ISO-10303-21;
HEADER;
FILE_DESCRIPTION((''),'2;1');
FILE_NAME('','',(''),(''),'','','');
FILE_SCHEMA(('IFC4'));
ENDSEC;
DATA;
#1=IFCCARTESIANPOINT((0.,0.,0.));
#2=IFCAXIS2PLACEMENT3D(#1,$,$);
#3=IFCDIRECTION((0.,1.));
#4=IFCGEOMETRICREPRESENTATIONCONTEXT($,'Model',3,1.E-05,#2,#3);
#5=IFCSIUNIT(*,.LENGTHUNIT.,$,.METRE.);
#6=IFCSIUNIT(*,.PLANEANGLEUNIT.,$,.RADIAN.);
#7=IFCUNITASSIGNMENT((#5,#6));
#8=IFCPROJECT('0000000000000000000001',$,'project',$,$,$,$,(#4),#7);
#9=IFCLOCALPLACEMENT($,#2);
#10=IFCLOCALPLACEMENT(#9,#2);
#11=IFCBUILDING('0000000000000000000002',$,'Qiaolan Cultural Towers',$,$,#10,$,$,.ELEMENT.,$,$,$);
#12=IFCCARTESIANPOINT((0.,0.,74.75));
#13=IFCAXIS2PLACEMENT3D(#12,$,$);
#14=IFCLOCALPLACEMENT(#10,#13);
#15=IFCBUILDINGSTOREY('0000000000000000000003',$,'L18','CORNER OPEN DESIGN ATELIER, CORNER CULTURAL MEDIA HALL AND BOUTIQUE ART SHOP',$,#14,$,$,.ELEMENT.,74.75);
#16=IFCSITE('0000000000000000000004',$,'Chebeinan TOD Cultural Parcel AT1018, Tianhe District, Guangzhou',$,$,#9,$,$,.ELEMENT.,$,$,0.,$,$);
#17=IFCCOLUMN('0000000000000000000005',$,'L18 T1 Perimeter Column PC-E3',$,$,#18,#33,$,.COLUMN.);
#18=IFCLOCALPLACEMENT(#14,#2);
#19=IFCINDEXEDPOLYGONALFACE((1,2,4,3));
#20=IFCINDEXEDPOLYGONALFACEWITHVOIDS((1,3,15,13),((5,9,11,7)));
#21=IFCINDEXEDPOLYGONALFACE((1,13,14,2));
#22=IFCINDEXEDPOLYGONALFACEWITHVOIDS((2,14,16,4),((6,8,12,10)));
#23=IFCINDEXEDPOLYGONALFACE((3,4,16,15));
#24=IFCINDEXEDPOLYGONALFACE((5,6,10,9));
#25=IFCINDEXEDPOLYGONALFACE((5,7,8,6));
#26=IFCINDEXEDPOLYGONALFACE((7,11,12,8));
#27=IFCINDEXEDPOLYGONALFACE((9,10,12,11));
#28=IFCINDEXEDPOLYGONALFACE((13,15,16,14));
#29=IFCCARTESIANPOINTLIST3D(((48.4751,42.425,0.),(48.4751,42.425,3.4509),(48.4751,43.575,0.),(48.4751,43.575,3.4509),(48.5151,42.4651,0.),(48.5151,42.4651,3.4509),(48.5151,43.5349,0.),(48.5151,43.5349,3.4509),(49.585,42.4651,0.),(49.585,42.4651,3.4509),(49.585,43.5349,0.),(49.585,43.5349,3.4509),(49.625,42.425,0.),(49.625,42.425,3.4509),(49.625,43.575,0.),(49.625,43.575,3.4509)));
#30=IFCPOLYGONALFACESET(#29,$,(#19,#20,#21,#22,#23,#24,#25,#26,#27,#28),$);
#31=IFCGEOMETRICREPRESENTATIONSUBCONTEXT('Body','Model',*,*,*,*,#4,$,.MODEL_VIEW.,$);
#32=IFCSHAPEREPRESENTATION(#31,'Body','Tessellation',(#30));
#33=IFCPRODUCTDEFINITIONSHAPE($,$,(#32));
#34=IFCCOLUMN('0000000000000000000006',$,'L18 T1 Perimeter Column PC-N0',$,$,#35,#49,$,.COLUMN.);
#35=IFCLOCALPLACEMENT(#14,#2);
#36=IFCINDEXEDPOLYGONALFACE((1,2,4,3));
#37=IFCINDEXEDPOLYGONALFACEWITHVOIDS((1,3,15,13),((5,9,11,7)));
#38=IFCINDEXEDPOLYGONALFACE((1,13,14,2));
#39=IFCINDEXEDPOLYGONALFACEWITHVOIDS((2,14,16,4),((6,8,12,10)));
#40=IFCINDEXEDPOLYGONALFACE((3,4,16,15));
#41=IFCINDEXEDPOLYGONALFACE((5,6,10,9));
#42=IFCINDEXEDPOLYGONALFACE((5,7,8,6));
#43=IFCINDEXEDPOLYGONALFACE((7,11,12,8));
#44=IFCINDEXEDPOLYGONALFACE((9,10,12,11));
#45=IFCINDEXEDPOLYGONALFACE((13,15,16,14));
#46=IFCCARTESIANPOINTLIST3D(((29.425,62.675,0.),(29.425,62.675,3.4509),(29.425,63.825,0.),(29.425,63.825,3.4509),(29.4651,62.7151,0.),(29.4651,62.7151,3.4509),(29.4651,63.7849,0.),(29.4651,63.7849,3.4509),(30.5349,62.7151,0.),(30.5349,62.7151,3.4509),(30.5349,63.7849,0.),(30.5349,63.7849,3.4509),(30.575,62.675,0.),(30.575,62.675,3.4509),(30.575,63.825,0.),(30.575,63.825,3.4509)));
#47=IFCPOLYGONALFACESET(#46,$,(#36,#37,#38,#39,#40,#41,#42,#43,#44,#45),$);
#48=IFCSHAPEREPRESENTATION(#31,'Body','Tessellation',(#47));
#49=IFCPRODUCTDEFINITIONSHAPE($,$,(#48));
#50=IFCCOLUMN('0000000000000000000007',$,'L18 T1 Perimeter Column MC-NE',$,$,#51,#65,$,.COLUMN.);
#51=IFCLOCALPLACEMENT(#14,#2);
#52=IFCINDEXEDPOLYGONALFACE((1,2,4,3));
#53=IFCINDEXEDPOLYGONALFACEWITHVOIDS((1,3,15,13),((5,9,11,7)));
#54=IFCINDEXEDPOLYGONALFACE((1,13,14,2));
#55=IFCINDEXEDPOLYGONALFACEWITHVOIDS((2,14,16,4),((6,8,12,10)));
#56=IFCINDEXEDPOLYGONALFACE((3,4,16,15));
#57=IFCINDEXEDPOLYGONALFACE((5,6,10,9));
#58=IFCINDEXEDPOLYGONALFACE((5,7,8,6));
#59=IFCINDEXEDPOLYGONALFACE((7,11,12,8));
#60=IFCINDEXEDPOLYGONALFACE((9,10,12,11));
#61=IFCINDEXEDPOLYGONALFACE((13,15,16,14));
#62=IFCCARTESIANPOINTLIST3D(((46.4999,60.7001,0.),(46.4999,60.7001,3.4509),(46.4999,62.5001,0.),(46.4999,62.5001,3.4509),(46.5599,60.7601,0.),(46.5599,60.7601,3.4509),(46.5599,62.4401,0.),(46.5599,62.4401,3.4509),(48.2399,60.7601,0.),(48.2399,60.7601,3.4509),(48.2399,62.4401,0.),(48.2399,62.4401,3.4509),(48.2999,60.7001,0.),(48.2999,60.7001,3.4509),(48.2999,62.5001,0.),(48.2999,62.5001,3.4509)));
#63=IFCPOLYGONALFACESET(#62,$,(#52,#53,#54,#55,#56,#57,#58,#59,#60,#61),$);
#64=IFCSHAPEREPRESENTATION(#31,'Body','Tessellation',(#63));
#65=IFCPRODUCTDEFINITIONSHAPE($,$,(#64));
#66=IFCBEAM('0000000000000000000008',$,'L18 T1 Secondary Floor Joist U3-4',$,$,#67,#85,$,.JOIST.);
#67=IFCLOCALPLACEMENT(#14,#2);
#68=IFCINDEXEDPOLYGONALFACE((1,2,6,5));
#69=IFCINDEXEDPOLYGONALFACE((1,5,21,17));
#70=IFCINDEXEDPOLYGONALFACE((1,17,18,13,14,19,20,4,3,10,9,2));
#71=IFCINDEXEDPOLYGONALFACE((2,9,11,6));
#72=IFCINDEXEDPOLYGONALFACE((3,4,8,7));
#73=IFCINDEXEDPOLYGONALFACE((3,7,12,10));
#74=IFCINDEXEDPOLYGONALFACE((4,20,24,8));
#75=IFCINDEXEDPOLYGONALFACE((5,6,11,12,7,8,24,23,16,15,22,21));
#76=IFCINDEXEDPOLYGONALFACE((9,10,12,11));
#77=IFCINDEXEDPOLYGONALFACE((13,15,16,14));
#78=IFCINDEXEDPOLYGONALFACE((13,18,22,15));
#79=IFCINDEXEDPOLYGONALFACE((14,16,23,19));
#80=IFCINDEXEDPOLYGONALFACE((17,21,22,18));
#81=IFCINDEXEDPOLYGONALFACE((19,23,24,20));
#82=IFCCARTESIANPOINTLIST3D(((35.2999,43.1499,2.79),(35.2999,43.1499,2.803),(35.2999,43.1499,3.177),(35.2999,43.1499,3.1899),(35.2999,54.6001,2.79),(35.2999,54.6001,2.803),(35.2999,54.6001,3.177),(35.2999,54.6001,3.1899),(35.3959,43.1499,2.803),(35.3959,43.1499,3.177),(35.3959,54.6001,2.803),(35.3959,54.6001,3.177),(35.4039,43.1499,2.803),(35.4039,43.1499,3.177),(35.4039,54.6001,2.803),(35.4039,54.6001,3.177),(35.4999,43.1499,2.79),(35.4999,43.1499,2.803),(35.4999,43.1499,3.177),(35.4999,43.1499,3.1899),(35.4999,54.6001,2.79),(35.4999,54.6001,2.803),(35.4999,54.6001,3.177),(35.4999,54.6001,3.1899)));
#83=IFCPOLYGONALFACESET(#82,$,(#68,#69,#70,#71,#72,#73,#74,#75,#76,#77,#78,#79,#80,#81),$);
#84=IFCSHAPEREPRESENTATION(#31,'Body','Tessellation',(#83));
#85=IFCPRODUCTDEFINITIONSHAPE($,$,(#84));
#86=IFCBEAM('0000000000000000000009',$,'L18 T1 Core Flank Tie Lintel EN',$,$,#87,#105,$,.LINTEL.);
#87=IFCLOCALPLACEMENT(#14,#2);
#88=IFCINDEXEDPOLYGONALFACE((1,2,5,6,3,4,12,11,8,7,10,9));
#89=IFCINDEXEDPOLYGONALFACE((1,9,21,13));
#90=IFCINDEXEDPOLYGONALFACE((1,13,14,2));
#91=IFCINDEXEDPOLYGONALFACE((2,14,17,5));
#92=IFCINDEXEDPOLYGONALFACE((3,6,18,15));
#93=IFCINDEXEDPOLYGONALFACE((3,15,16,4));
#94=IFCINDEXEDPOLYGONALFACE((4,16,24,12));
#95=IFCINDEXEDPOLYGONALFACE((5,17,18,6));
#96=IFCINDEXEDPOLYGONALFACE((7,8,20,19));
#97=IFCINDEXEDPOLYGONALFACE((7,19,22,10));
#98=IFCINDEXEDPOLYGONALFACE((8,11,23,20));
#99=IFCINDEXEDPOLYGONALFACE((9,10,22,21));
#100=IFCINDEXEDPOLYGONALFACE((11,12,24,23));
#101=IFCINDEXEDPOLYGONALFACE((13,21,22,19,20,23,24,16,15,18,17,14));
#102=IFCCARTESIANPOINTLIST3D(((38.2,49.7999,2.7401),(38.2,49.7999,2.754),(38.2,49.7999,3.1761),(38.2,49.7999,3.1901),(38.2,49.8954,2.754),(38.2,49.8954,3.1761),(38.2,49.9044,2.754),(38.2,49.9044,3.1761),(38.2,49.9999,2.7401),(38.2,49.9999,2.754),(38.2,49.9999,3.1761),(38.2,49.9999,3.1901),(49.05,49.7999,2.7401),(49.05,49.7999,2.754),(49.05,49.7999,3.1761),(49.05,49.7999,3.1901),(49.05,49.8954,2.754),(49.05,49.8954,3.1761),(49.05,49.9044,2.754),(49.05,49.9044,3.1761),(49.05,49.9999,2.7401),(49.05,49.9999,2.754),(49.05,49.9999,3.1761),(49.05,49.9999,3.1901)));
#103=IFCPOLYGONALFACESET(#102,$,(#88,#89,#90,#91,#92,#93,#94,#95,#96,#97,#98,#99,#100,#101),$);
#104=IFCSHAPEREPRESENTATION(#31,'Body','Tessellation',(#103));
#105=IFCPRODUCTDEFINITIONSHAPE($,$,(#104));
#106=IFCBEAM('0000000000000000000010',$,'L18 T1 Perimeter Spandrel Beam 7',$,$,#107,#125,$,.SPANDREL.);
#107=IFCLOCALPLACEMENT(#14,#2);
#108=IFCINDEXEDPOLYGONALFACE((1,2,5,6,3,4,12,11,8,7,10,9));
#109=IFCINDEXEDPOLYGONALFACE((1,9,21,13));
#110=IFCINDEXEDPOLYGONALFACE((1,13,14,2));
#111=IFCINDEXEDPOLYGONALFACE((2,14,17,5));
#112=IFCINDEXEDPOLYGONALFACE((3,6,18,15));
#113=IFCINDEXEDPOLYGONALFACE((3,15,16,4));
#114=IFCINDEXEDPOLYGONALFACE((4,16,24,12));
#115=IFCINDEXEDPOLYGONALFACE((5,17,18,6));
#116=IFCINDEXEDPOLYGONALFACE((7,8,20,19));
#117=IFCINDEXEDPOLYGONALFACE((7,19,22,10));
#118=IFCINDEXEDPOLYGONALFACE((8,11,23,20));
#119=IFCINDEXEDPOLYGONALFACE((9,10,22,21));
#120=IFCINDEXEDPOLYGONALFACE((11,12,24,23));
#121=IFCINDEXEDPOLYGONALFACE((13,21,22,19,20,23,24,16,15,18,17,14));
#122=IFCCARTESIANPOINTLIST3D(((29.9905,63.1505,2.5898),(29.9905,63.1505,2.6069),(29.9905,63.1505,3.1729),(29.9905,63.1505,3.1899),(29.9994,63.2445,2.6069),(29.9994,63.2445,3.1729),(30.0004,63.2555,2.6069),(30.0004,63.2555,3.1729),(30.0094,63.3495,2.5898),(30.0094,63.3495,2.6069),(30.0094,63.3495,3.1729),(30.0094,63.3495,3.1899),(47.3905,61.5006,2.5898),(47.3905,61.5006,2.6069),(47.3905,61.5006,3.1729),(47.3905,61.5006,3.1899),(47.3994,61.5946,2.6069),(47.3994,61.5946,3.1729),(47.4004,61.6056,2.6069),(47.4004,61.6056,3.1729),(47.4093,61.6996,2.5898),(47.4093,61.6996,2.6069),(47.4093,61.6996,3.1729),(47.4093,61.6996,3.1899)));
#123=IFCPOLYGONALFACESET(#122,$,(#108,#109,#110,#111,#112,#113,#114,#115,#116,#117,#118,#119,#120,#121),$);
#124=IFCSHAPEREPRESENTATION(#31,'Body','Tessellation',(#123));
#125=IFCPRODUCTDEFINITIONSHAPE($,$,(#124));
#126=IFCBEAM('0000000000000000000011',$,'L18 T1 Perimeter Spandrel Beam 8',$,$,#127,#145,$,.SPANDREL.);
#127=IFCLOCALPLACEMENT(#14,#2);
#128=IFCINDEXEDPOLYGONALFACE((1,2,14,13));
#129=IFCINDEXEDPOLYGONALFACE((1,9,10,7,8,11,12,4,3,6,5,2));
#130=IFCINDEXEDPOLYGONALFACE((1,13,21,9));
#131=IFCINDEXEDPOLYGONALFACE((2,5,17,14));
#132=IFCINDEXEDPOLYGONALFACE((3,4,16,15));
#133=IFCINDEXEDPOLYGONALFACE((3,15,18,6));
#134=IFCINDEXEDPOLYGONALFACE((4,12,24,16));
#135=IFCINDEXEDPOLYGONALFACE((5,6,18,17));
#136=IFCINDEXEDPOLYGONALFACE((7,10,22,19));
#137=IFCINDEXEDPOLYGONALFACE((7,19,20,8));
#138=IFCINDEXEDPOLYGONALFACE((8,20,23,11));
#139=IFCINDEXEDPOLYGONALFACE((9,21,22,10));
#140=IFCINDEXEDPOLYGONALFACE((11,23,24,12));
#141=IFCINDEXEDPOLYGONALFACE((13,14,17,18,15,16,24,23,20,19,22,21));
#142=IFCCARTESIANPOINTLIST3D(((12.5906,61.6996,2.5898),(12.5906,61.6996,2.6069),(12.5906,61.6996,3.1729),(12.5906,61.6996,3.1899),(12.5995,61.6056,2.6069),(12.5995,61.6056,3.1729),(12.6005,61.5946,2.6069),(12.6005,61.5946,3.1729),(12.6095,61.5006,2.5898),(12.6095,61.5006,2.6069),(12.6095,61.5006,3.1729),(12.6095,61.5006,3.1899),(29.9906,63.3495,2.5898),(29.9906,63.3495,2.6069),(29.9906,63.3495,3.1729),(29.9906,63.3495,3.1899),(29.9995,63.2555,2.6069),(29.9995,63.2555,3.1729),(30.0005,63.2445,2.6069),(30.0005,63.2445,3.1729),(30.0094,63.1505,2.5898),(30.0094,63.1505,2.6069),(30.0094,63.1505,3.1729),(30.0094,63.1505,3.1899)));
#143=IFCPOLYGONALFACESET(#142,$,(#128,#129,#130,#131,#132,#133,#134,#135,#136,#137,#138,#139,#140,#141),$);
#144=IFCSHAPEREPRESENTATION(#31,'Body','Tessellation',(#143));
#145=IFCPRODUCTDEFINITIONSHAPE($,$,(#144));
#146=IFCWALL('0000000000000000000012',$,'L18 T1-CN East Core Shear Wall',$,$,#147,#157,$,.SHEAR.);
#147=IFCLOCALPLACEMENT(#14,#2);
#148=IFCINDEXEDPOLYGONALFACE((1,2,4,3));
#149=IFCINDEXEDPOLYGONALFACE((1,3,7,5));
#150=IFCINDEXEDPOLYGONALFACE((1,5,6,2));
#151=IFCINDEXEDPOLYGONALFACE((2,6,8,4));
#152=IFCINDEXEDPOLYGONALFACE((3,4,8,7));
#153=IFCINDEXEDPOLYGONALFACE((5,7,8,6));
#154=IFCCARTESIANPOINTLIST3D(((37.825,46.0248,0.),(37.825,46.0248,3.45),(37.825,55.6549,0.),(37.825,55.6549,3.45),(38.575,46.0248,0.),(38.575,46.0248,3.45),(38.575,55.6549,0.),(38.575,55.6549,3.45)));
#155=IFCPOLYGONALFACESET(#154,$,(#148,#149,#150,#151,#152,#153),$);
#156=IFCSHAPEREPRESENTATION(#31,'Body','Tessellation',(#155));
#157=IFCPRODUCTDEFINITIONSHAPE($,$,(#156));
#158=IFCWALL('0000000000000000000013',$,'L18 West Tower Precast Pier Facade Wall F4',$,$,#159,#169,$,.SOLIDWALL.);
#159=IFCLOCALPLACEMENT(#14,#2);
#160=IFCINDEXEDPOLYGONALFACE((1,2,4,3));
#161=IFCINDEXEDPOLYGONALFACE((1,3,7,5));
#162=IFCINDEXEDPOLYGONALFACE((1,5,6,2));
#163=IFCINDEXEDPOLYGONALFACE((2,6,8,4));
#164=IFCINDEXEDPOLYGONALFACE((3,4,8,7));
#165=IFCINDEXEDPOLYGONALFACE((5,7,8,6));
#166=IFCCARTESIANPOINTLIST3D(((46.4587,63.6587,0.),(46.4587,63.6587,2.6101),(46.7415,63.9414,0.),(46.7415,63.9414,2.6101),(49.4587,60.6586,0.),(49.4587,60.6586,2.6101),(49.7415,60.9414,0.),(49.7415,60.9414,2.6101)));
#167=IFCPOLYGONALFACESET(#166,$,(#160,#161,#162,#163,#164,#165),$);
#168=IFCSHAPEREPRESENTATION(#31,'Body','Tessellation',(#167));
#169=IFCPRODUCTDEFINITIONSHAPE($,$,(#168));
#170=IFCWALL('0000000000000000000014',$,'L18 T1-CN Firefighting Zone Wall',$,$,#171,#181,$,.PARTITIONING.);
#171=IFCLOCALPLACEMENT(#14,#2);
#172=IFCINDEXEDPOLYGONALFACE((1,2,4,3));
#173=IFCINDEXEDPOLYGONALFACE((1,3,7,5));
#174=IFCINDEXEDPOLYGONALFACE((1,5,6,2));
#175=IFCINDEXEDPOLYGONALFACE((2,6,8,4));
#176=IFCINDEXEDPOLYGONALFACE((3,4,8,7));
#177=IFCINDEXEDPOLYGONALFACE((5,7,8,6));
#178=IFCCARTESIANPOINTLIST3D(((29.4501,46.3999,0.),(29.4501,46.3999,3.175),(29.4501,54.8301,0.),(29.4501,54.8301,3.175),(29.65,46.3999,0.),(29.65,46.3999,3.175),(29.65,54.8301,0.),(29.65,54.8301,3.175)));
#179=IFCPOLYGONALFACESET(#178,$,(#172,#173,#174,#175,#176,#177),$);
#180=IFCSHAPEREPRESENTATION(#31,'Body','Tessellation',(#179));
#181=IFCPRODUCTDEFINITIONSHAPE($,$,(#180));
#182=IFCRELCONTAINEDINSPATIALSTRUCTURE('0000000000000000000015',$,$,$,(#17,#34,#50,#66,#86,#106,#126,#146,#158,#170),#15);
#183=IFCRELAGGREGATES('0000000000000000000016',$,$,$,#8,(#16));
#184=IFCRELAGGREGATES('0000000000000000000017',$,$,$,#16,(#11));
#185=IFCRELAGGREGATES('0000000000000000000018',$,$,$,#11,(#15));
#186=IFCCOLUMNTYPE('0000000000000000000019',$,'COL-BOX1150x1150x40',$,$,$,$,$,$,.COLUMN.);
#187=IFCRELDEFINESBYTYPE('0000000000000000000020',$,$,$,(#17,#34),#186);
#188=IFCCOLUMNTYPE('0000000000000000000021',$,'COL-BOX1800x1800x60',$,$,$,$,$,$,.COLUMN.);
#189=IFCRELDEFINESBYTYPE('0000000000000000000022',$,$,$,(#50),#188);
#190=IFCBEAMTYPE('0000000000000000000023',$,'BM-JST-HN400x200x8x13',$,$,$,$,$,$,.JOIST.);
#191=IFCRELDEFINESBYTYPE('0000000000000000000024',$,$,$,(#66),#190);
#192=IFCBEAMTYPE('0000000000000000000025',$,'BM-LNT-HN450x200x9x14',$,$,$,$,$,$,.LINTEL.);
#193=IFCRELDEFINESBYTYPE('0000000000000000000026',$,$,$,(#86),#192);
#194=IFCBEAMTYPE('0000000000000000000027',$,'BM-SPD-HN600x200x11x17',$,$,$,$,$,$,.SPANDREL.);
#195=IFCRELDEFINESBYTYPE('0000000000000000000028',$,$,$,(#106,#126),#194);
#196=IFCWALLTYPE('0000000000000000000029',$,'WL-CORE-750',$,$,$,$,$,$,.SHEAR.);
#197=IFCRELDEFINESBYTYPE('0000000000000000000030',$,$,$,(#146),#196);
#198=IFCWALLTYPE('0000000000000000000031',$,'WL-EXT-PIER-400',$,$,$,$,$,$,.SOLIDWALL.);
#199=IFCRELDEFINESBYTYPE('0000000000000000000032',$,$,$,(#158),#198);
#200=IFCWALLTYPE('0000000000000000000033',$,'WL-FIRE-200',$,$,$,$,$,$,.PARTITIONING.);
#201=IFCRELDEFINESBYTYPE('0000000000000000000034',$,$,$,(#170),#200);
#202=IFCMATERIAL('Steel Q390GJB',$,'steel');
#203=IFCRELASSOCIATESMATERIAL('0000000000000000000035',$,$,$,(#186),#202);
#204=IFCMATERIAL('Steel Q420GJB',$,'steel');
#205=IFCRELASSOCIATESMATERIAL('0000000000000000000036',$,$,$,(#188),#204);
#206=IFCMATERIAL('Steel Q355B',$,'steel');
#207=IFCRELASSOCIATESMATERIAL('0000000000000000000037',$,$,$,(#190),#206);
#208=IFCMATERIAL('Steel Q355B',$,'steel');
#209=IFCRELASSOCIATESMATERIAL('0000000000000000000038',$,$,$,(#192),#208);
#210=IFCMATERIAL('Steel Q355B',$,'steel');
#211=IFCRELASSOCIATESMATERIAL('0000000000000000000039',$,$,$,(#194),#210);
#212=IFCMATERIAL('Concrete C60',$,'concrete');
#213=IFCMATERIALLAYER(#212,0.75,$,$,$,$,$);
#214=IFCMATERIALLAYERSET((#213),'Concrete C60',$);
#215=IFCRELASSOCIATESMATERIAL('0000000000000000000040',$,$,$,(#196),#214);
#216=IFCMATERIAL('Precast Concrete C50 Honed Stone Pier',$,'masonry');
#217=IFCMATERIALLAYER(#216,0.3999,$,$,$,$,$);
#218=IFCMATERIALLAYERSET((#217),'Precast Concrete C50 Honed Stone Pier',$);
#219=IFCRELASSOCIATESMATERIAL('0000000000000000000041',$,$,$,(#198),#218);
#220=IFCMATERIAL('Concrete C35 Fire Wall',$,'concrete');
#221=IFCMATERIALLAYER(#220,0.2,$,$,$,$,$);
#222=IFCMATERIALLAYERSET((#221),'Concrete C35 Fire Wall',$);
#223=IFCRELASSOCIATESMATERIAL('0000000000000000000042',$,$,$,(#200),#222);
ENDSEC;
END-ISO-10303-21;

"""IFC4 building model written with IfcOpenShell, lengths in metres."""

from ifc_helpers import new_model, si_unit, direction, frame, frame_2d, origin, origin_2d, place, context, subcontext, project, spatial, rectangle, hollow_rectangle, i_section, extrude, material, layer, layer_set, material_profile, profile_set, type_object, element, save


model = new_model("IFC4")

# Units and contexts
model_context = context("Model", 3, precision=1e-05, world=origin(), true_north=direction((0.0, 1.0)))
body_context = subcontext(model_context, "Body", "Model", "MODEL_VIEW")
ifc_project = project(units=[si_unit("LENGTHUNIT", "METRE"), si_unit("PLANEANGLEUNIT", "RADIAN")], contexts=[model_context])

# Site, building, storey
site_placement = place(None, origin())
site = spatial("IfcSite", under=ifc_project, at=site_placement, Name="Chebeinan TOD Cultural Parcel AT1018, Tianhe District, Guangzhou", CompositionType="ELEMENT", RefElevation=0.0)
building_placement = place(site_placement, origin())
building = spatial("IfcBuilding", under=site, at=building_placement, Name="Qiaolan Cultural Towers", CompositionType="ELEMENT")
storey_placement = place(building_placement, frame((0.0, 0.0, 74.75)))
storey = spatial("IfcBuildingStorey", under=building, at=storey_placement, Name="L18", Description="CORNER OPEN DESIGN ATELIER, CORNER CULTURAL MEDIA HALL AND BOUTIQUE ART SHOP", CompositionType="ELEMENT", Elevation=74.75)

# Columns
ifc_material_1 = material(Name="Steel Q390GJB", Category="steel")
ifc_material_profile_1 = material_profile(ifc_material_1, hollow_rectangle(XDim=1.1499, YDim=1.1499, WallThickness=0.04, at=origin_2d()), Name="BOX1150x1150x40")
ifc_profile_set_1 = profile_set([ifc_material_profile_1], Name="Steel Q390GJB")
column_type_1 = type_object("IfcColumnType", Name="COL-BOX1150x1150x40", PredefinedType="COLUMN", material=ifc_profile_set_1)
for number, where, z_axis, x_axis, name in (
    (1, (49.05, 43.0, 0.0), (0.0, 0.0, 1.0), (1.0, 0.0, 0.0), "L18 T1 Perimeter Column PC-E3"),
    (2, (30.0, 63.25, 0.0), (0.0, 0.0, 1.0), (1.0, 0.0, 0.0), "L18 T1 Perimeter Column PC-N0"),
):
    element("IfcColumn", number, at=place(storey_placement, frame(where, z_axis=z_axis, x_axis=x_axis)), inside=storey, type_object=column_type_1, Name=name, PredefinedType="COLUMN", context=body_context, shape_type="SweptSolid", body=[
        extrude(hollow_rectangle(XDim=1.1499, YDim=1.1499, WallThickness=0.04, at=origin_2d()), origin(), (0.0, 0.0, 1.0), 3.4509),
    ])
ifc_material_2 = material(Name="Steel Q420GJB", Category="steel")
ifc_material_profile_2 = material_profile(ifc_material_2, hollow_rectangle(XDim=1.8, YDim=1.8, WallThickness=0.0601, at=origin_2d()), Name="BOX1800x1800x60")
ifc_profile_set_2 = profile_set([ifc_material_profile_2], Name="Steel Q420GJB")
column_type_2 = type_object("IfcColumnType", Name="COL-BOX1800x1800x60", PredefinedType="COLUMN", material=ifc_profile_set_2)
column_placement = place(storey_placement, frame((47.3999, 61.6001, 0.0), z_axis=(0.0, 0.0, 1.0), x_axis=(1.0, 0.0, 0.0)))
element("IfcColumn", 3, at=column_placement, inside=storey, type_object=column_type_2, Name="L18 T1 Perimeter Column MC-NE", PredefinedType="COLUMN", context=body_context, shape_type="SweptSolid", body=[
    extrude(hollow_rectangle(XDim=1.8, YDim=1.8, WallThickness=0.0601, at=origin_2d()), origin(), (0.0, 0.0, 1.0), 3.4509),
])

# Beams
ifc_material_3 = material(Name="Steel Q355B", Category="steel")
ifc_material_profile_3 = material_profile(ifc_material_3, i_section(OverallWidth=0.2, OverallDepth=0.3999, WebThickness=0.0081, FlangeThickness=0.0129, at=origin_2d()), Name="HN400x200x8x13")
ifc_profile_set_3 = profile_set([ifc_material_profile_3], Name="Steel Q355B")
beam_type_1 = type_object("IfcBeamType", Name="BM-JST-HN400x200x8x13", PredefinedType="JOIST", material=ifc_profile_set_3)
beam_1_placement = place(storey_placement, frame((35.3999, 43.1499, 2.99), z_axis=(0.0, 1.0, 0.0), x_axis=(-1.0, 0.0, 0.0)))
element("IfcBeam", 4, at=beam_1_placement, inside=storey, type_object=beam_type_1, Name="L18 T1 Secondary Floor Joist U3-4", PredefinedType="JOIST", context=body_context, shape_type="SweptSolid", body=[
    extrude(i_section(OverallWidth=0.2, OverallDepth=0.3999, WebThickness=0.0081, FlangeThickness=0.0129, at=origin_2d()), origin(), (0.0, 0.0, 1.0), 11.4502),
])
ifc_material_4 = material(Name="Steel Q355B", Category="steel")
ifc_material_profile_4 = material_profile(ifc_material_4, i_section(OverallWidth=0.2, OverallDepth=0.45, WebThickness=0.009, FlangeThickness=0.0139, at=origin_2d()), Name="HN450x200x9x14")
ifc_profile_set_4 = profile_set([ifc_material_profile_4], Name="Steel Q355B")
beam_type_2 = type_object("IfcBeamType", Name="BM-LNT-HN450x200x9x14", PredefinedType="LINTEL", material=ifc_profile_set_4)
beam_2_placement = place(storey_placement, frame((38.2, 49.8999, 2.9651), z_axis=(1.0, 0.0, 0.0), x_axis=(0.0, 1.0, 0.0)))
element("IfcBeam", 5, at=beam_2_placement, inside=storey, type_object=beam_type_2, Name="L18 T1 Core Flank Tie Lintel EN", PredefinedType="LINTEL", context=body_context, shape_type="SweptSolid", body=[
    extrude(i_section(OverallWidth=0.2, OverallDepth=0.45, WebThickness=0.009, FlangeThickness=0.0139, at=origin_2d()), origin(), (0.0, 0.0, 1.0), 10.8501),
])
ifc_material_5 = material(Name="Steel Q355B", Category="steel")
ifc_material_profile_5 = material_profile(ifc_material_5, i_section(OverallWidth=0.2, OverallDepth=0.6001, WebThickness=0.011, FlangeThickness=0.0171, at=origin_2d()), Name="HN600x200x11x17")
ifc_profile_set_5 = profile_set([ifc_material_profile_5], Name="Steel Q355B")
beam_type_3 = type_object("IfcBeamType", Name="BM-SPD-HN600x200x11x17", PredefinedType="SPANDREL", material=ifc_profile_set_5)
for number, where, z_axis, x_axis, name in (
    (6, (47.3999, 61.6001, 2.8899), (-0.995534, 0.094399, 0.0), (-0.094399, -0.995534, 0.0), "L18 T1 Perimeter Spandrel Beam 7"),
    (7, (30.0, 63.25, 2.8899), (-0.995534, -0.094399, 0.0), (0.094399, -0.995534, 0.0), "L18 T1 Perimeter Spandrel Beam 8"),
):
    element("IfcBeam", number, at=place(storey_placement, frame(where, z_axis=z_axis, x_axis=x_axis)), inside=storey, type_object=beam_type_3, Name=name, PredefinedType="SPANDREL", context=body_context, shape_type="SweptSolid", body=[
        extrude(i_section(OverallWidth=0.2, OverallDepth=0.6001, WebThickness=0.011, FlangeThickness=0.0171, at=origin_2d()), origin(), (0.0, 0.0, 1.0), 17.478),
    ])

# Walls
ifc_material_6 = material(Name="Concrete C60", Category="concrete")
ifc_layer_1 = layer(ifc_material_6, 0.75)
ifc_layer_set_1 = layer_set([ifc_layer_1], Name="Concrete C60")
wall_type_1 = type_object("IfcWallType", Name="WL-CORE-750", PredefinedType="SHEAR", material=ifc_layer_set_1)
wall_1_placement = place(storey_placement, frame((38.2, 46.0249, 0.0), z_axis=(0.0, 0.0, 1.0), x_axis=(0.0, 1.0, 0.0)))
element("IfcWall", 8, at=wall_1_placement, inside=storey, type_object=wall_type_1, Name="L18 T1-CN East Core Shear Wall", PredefinedType="SHEAR", context=body_context, shape_type="SweptSolid", body=[
    extrude(rectangle(XDim=9.6301, YDim=0.75, at=frame_2d((4.8149, 0.0))), origin(), (0.0, 0.0, 1.0), 3.45),
])
ifc_material_7 = material(Name="Precast Concrete C50 Honed Stone Pier", Category="masonry")
ifc_layer_2 = layer(ifc_material_7, 0.3999)
ifc_layer_set_2 = layer_set([ifc_layer_2], Name="Precast Concrete C50 Honed Stone Pier")
wall_type_2 = type_object("IfcWallType", Name="WL-EXT-PIER-400", PredefinedType="SOLIDWALL", material=ifc_layer_set_2)
wall_2_placement = place(storey_placement, frame((46.6001, 63.8, 0.0), z_axis=(0.0, 0.0, 1.0), x_axis=(0.707107, -0.707107, 0.0)))
element("IfcWall", 9, at=wall_2_placement, inside=storey, type_object=wall_type_2, Name="L18 West Tower Precast Pier Facade Wall F4", PredefinedType="SOLIDWALL", context=body_context, shape_type="SweptSolid", body=[
    extrude(rectangle(XDim=4.2427, YDim=0.3999, at=frame_2d((2.1213, 0.0))), origin(), (0.0, 0.0, 1.0), 2.6101),
])
ifc_material_8 = material(Name="Concrete C35 Fire Wall", Category="concrete")
ifc_layer_3 = layer(ifc_material_8, 0.2)
ifc_layer_set_3 = layer_set([ifc_layer_3], Name="Concrete C35 Fire Wall")
wall_type_3 = type_object("IfcWallType", Name="WL-FIRE-200", PredefinedType="PARTITIONING", material=ifc_layer_set_3)
for number, where, z_axis, x_axis, name in (
    (10, (29.55, 46.3999, 0.0), (0.0, 0.0, 1.0), (0.0, 1.0, 0.0), "L18 T1-CN Firefighting Zone Wall"),
):
    element("IfcWall", number, at=place(storey_placement, frame(where, z_axis=z_axis, x_axis=x_axis)), inside=storey, type_object=wall_type_3, Name=name, PredefinedType="PARTITIONING", context=body_context, shape_type="SweptSolid", body=[
        extrude(rectangle(XDim=8.4302, YDim=0.2, at=frame_2d((4.2151, 0.0))), origin(), (0.0, 0.0, 1.0), 3.175),
    ])

save(model, "model.ifc")
